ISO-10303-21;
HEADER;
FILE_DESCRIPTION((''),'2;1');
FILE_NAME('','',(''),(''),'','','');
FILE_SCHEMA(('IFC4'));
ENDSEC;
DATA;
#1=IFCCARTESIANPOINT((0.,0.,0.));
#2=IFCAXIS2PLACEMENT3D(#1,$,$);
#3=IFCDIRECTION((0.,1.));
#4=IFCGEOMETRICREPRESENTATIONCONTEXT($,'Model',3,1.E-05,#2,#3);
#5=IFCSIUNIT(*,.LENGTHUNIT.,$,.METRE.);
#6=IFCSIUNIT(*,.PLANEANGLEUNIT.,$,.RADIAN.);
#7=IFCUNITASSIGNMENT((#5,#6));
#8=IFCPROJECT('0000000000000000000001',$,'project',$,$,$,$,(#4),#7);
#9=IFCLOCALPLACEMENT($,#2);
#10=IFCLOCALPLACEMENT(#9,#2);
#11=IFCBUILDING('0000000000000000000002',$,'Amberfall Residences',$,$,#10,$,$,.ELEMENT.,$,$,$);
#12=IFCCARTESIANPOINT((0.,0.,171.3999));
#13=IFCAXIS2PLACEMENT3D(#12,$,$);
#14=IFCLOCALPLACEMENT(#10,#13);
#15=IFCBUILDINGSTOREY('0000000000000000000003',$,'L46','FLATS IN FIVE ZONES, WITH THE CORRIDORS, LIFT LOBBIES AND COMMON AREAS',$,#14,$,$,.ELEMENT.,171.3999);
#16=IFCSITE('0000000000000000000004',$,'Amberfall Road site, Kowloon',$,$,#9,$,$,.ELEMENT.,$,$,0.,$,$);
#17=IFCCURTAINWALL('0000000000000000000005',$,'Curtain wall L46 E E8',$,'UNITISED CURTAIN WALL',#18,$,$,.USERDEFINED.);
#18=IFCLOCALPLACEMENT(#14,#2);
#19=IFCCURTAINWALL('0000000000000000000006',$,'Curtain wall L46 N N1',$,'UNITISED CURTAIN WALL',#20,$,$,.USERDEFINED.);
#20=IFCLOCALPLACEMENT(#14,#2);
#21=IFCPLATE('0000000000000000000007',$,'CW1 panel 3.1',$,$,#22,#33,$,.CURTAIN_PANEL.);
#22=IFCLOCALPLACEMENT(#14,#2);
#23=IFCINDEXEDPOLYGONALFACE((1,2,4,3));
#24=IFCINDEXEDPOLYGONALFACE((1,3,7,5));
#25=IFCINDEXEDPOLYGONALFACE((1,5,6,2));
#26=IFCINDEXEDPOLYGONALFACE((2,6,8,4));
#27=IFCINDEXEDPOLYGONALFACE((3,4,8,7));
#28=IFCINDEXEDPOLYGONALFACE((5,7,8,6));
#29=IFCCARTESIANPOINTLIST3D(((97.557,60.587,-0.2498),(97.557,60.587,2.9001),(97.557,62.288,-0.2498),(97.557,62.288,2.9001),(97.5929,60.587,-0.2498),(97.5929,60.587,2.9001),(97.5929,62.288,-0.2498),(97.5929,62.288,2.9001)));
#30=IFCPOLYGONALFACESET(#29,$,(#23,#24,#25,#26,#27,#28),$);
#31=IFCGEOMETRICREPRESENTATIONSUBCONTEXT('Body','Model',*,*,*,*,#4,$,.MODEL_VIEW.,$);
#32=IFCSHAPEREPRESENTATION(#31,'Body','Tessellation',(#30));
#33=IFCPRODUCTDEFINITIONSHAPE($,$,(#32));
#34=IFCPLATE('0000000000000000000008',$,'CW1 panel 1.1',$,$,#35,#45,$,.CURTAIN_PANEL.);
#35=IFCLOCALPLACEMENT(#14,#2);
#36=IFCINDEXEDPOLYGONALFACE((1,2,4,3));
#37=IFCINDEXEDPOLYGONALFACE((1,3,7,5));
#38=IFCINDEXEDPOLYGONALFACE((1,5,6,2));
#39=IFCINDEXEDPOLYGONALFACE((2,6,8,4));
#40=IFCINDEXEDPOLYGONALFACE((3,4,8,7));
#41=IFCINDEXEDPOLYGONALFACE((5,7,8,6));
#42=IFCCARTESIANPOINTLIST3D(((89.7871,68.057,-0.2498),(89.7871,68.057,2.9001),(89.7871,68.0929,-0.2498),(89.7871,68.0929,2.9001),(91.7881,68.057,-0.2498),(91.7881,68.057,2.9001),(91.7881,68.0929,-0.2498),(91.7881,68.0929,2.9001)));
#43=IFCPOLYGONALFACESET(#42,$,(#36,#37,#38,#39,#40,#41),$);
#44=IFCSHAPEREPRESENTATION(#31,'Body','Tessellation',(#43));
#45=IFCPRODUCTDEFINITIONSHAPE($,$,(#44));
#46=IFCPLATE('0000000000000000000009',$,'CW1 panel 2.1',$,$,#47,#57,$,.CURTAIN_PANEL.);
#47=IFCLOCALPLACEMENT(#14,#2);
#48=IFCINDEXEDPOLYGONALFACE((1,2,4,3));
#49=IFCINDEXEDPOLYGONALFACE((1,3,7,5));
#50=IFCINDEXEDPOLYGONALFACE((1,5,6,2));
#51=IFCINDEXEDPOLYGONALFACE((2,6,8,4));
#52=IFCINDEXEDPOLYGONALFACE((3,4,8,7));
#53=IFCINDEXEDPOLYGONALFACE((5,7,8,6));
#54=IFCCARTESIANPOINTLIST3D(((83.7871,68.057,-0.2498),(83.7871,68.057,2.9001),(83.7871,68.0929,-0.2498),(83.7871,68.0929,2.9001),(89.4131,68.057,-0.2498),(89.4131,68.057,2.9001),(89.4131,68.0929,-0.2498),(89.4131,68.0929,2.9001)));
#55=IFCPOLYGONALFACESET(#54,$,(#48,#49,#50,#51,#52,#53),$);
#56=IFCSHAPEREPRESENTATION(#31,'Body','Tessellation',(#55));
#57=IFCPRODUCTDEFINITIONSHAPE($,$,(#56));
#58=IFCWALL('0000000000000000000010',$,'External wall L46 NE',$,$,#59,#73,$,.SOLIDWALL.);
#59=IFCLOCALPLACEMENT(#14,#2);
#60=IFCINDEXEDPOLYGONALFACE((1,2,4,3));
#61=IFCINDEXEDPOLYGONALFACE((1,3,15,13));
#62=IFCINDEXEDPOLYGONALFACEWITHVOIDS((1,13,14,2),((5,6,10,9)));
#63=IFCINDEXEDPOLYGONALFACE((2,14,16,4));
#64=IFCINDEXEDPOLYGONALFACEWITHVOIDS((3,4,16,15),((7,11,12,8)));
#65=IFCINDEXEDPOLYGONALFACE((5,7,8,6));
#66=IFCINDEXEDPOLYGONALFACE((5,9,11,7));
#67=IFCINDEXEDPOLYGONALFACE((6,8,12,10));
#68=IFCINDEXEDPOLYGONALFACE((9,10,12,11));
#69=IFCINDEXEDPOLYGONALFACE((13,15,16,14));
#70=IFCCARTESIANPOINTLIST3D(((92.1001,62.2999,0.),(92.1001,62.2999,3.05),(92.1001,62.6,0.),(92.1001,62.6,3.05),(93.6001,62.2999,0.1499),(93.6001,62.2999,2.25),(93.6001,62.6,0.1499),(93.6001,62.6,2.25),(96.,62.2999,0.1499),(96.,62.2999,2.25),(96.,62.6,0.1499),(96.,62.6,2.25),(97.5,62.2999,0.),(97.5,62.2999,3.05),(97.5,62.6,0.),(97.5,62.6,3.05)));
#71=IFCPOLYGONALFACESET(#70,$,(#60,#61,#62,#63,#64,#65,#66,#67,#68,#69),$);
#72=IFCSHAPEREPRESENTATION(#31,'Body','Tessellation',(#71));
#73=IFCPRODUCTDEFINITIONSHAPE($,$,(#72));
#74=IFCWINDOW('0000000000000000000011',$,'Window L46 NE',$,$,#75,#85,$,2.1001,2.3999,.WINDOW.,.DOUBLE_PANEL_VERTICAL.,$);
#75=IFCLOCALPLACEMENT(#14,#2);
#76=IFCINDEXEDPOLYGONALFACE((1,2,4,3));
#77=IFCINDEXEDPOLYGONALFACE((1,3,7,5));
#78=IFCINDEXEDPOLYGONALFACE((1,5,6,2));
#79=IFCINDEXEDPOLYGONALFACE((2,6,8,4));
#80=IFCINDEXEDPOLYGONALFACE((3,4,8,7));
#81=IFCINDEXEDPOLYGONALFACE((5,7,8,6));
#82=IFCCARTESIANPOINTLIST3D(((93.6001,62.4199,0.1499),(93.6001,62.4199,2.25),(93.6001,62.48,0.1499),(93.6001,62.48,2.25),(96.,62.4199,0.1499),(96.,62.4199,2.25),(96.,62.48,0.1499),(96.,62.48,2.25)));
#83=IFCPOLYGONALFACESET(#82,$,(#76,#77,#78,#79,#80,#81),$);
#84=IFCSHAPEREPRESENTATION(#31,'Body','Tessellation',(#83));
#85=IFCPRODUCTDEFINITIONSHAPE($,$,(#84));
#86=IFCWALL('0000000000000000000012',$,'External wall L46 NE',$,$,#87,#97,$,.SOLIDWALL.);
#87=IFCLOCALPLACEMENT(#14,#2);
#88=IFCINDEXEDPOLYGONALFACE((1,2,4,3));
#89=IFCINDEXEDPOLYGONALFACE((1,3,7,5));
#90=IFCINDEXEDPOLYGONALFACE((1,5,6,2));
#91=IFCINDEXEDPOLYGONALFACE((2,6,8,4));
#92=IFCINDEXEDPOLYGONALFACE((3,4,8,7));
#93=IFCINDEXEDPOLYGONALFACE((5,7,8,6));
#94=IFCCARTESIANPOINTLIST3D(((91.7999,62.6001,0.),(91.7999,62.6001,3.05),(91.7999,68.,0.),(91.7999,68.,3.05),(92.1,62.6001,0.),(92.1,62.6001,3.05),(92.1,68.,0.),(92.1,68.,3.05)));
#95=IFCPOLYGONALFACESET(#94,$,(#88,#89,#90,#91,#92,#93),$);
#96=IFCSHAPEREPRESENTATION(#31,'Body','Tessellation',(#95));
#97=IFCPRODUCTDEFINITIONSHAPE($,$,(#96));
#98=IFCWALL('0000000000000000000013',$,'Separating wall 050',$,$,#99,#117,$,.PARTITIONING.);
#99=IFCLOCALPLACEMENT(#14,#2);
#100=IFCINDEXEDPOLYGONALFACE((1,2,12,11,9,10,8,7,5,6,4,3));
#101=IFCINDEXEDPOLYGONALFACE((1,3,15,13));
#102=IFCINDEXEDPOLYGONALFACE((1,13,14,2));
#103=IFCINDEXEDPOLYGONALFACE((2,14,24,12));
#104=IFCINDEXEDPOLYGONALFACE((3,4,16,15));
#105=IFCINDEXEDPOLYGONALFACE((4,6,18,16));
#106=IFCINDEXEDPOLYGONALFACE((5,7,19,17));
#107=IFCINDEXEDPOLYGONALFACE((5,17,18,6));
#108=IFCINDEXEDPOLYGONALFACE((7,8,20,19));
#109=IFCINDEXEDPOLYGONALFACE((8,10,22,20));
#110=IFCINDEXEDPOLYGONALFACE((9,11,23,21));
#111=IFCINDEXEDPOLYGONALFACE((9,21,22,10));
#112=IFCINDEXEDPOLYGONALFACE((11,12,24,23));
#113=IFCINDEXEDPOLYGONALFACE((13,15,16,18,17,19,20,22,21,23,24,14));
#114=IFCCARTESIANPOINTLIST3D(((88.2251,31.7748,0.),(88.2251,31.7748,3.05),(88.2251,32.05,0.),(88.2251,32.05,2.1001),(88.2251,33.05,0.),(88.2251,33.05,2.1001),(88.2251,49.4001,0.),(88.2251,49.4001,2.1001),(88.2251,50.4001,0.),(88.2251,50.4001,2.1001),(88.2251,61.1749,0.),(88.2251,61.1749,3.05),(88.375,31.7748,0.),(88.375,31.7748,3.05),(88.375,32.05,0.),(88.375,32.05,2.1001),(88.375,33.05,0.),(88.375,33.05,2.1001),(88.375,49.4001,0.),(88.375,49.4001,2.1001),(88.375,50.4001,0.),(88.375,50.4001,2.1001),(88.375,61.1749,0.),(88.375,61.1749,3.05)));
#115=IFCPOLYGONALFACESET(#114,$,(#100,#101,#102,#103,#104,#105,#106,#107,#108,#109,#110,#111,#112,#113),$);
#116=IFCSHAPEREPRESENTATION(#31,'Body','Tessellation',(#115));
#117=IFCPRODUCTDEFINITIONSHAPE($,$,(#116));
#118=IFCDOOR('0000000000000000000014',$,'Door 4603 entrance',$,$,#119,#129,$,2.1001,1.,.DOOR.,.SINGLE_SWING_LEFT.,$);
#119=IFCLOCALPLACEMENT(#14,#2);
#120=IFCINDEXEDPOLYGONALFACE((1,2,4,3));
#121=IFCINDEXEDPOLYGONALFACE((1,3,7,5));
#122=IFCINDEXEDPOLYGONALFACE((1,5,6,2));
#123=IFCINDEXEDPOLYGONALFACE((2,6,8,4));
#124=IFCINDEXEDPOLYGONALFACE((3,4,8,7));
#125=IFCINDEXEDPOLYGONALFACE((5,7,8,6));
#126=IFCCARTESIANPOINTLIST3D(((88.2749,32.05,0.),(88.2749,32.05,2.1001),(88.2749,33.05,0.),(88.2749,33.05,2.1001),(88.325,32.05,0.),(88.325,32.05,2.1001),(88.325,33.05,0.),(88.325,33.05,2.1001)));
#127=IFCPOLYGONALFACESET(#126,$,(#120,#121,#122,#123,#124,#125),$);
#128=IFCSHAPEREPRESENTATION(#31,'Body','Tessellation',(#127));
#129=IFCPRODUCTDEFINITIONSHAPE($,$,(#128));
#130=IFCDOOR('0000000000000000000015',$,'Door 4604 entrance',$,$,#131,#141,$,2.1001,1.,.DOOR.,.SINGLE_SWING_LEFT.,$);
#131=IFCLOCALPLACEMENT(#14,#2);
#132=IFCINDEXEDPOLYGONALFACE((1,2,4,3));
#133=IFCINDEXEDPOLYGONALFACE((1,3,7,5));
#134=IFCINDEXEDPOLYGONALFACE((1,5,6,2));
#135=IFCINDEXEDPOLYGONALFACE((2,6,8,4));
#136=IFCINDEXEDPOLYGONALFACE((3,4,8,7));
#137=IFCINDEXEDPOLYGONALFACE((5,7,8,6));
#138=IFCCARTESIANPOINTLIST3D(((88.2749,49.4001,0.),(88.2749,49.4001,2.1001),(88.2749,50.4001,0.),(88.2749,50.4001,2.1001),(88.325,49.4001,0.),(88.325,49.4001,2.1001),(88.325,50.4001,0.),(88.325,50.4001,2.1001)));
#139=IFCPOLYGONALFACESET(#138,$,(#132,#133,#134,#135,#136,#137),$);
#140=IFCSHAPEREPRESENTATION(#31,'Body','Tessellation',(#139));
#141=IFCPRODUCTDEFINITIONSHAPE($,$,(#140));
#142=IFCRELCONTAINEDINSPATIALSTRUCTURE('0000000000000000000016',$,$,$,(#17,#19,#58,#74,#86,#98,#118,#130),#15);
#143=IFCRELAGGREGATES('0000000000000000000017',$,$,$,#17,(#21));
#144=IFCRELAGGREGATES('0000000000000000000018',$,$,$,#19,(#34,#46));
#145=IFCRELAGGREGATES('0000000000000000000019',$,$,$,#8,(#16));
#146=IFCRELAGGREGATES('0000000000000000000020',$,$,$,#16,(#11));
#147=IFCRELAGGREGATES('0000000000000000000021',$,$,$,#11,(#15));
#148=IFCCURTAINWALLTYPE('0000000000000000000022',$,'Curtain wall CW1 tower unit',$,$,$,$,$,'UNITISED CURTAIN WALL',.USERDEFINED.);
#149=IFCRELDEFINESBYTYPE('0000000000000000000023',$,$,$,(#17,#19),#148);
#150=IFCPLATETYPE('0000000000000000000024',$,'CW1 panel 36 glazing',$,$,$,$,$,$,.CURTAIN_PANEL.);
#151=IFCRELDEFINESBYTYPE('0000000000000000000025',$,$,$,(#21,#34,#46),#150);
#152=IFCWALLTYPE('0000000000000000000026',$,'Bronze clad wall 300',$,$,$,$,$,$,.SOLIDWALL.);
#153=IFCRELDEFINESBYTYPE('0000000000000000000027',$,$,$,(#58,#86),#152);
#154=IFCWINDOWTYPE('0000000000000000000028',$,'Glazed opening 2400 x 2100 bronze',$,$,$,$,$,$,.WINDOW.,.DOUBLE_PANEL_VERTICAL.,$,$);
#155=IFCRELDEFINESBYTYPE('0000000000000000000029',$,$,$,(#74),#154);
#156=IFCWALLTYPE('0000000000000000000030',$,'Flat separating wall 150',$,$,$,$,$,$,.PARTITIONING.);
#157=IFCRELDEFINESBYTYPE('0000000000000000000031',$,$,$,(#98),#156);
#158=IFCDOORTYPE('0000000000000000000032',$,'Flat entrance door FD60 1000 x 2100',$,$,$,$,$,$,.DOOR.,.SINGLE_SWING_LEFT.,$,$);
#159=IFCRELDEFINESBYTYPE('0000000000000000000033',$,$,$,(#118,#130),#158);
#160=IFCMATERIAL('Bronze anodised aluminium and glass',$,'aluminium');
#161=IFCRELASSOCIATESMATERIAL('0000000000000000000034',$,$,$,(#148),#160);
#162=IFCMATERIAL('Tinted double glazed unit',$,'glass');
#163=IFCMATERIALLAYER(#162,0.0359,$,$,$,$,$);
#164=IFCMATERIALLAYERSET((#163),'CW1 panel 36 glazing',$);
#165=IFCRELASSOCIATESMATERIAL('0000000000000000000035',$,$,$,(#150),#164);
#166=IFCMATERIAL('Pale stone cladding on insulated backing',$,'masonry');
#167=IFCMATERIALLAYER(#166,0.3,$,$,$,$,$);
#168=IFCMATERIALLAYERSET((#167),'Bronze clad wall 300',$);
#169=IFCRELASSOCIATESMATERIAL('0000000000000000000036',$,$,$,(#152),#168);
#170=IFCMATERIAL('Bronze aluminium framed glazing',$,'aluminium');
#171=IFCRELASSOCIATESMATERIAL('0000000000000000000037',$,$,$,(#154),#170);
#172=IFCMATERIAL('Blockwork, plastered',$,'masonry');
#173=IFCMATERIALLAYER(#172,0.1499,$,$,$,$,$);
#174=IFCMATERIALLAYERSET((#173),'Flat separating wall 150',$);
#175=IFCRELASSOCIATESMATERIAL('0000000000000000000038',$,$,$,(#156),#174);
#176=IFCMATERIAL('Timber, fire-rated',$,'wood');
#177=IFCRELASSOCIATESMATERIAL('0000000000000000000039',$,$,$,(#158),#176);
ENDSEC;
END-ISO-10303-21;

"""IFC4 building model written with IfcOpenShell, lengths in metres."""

from ifc_helpers import new_model, si_unit, direction, frame, frame_2d, origin, origin_2d, place, context, subcontext, project, spatial, rectangle, extrude, material, layer, layer_set, type_object, element, fill, aggregate, save


model = new_model("IFC4")

# Units and contexts
model_context = context("Model", 3, precision=1e-05, world=origin(), true_north=direction((0.0, 1.0)))
body_context = subcontext(model_context, "Body", "Model", "MODEL_VIEW")
ifc_project = project(units=[si_unit("LENGTHUNIT", "METRE"), si_unit("PLANEANGLEUNIT", "RADIAN")], contexts=[model_context])

# Site, building, storey
site_placement = place(None, origin())
site = spatial("IfcSite", under=ifc_project, at=site_placement, Name="Amberfall Road site, Kowloon", CompositionType="ELEMENT", RefElevation=0.0)
building_placement = place(site_placement, origin())
building = spatial("IfcBuilding", under=site, at=building_placement, Name="Amberfall Residences", CompositionType="ELEMENT")
storey_placement = place(building_placement, frame((0.0, 0.0, 171.3999)))
storey = spatial("IfcBuildingStorey", under=building, at=storey_placement, Name="L46", Description="FLATS IN FIVE ZONES, WITH THE CORRIDORS, LIFT LOBBIES AND COMMON AREAS", CompositionType="ELEMENT", Elevation=171.3999)

# Curtain wall
ifc_material_1 = material(Name="Bronze anodised aluminium and glass", Category="aluminium")
curtain_wall_type = type_object("IfcCurtainWallType", Name="Curtain wall CW1 tower unit", ElementType="UNITISED CURTAIN WALL", PredefinedType="USERDEFINED", material=ifc_material_1)
curtain_wall_1_placement = place(storey_placement, origin())
curtain_wall_1 = element("IfcCurtainWall", 1, at=curtain_wall_1_placement, inside=storey, type_object=curtain_wall_type, Name="Curtain wall L46 E E8", ObjectType="UNITISED CURTAIN WALL", PredefinedType="USERDEFINED")

# Curtain wall
curtain_wall_2_placement = place(storey_placement, origin())
curtain_wall_2 = element("IfcCurtainWall", 2, at=curtain_wall_2_placement, inside=storey, type_object=curtain_wall_type, Name="Curtain wall L46 N N1", ObjectType="UNITISED CURTAIN WALL", PredefinedType="USERDEFINED")

# Plates
ifc_material_2 = material(Name="Tinted double glazed unit", Category="glass")
ifc_layer_1 = layer(ifc_material_2, 0.0359)
ifc_layer_set_1 = layer_set([ifc_layer_1], Name="CW1 panel 36 glazing")
plate_type = type_object("IfcPlateType", Name="CW1 panel 36 glazing", PredefinedType="CURTAIN_PANEL", material=ifc_layer_set_1)
plate_1_placement = place(storey_placement, frame((97.575, 61.4375, -0.2498), z_axis=(0.0, 0.0, 1.0), x_axis=(0.0, 1.0, 0.0)))
plate_1 = element("IfcPlate", 3, at=plate_1_placement, type_object=plate_type, Name="CW1 panel 3.1", PredefinedType="CURTAIN_PANEL", context=body_context, shape_type="SweptSolid", body=[
    extrude(rectangle(XDim=1.7009, YDim=0.0359, at=origin_2d()), origin(), (0.0, 0.0, 1.0), 3.1499),
])
aggregate(curtain_wall_1, [plate_1])
plate_2_placement = place(storey_placement, frame((90.7876, 68.075, -0.2498), z_axis=(0.0, 0.0, 1.0), x_axis=(-1.0, 0.0, 0.0)))
plate_2 = element("IfcPlate", 4, at=plate_2_placement, type_object=plate_type, Name="CW1 panel 1.1", PredefinedType="CURTAIN_PANEL", context=body_context, shape_type="SweptSolid", body=[
    extrude(rectangle(XDim=2.001, YDim=0.0359, at=origin_2d()), origin(), (0.0, 0.0, 1.0), 3.1499),
])
plate_3_placement = place(storey_placement, frame((86.6001, 68.075, -0.2498), z_axis=(0.0, 0.0, 1.0), x_axis=(-1.0, 0.0, 0.0)))
plate_3 = element("IfcPlate", 5, at=plate_3_placement, type_object=plate_type, Name="CW1 panel 2.1", PredefinedType="CURTAIN_PANEL", context=body_context, shape_type="SweptSolid", body=[
    extrude(rectangle(XDim=5.626, YDim=0.0359, at=origin_2d()), origin(), (0.0, 0.0, 1.0), 3.1499),
])
aggregate(curtain_wall_2, [plate_2, plate_3])

# Wall, opening, window
ifc_material_3 = material(Name="Pale stone cladding on insulated backing", Category="masonry")
ifc_layer_2 = layer(ifc_material_3, 0.3)
ifc_layer_set_2 = layer_set([ifc_layer_2], Name="Bronze clad wall 300")
wall_type_1 = type_object("IfcWallType", Name="Bronze clad wall 300", PredefinedType="SOLIDWALL", material=ifc_layer_set_2)
wall_1_placement = place(storey_placement, frame((97.5, 62.45, 0.0), z_axis=(0.0, 0.0, 1.0), x_axis=(-1.0, 0.0, 0.0)))
wall_1 = element("IfcWall", 6, at=wall_1_placement, inside=storey, type_object=wall_type_1, Name="External wall L46 NE", PredefinedType="SOLIDWALL", context=body_context, shape_type="SweptSolid", body=[
    extrude(rectangle(XDim=5.3999, YDim=0.3, at=frame_2d((2.7, 0.0))), origin(), (0.0, 0.0, 1.0), 3.05),
])
opening_1_placement = place(wall_1_placement, frame((1.5, 0.0, 0.1499)))
opening_1 = element("IfcOpeningElement", 7, at=opening_1_placement, cuts=wall_1, PredefinedType="OPENING", context=body_context, shape_type="SweptSolid", body=[
    extrude(rectangle(XDim=2.3999, YDim=2.1001, at=frame_2d((1.2, 1.05))), frame((0.0, 0.1599, 0.0), z_axis=(0.0, -1.0, 0.0), x_axis=(1.0, 0.0, 0.0)), (0.0, 0.0, 1.0), 0.3201),
])
ifc_material_4 = material(Name="Bronze aluminium framed glazing", Category="aluminium")
window_type = type_object("IfcWindowType", Name="Glazed opening 2400 x 2100 bronze", PartitioningType="DOUBLE_PANEL_VERTICAL", PredefinedType="WINDOW", material=ifc_material_4)
window_placement = place(opening_1_placement, origin())
window = element("IfcWindow", 8, at=window_placement, inside=storey, type_object=window_type, Name="Window L46 NE", OverallHeight=2.1001, OverallWidth=2.3999, PartitioningType="DOUBLE_PANEL_VERTICAL", PredefinedType="WINDOW", context=body_context, shape_type="SweptSolid", body=[
    extrude(rectangle(XDim=2.3999, YDim=2.1001, at=frame_2d((1.2, 1.05))), frame((0.0, 0.03, 0.0), z_axis=(0.0, -1.0, 0.0), x_axis=(1.0, 0.0, 0.0)), (0.0, 0.0, 1.0), 0.0601),
])
fill(opening_1, window)

# Wall
wall_2_placement = place(storey_placement, frame((91.95, 62.6001, 0.0), z_axis=(0.0, 0.0, 1.0), x_axis=(0.0, 1.0, 0.0)))
element("IfcWall", 9, at=wall_2_placement, inside=storey, type_object=wall_type_1, Name="External wall L46 NE", PredefinedType="SOLIDWALL", context=body_context, shape_type="SweptSolid", body=[
    extrude(rectangle(XDim=5.3999, YDim=0.3, at=frame_2d((2.7, 0.0))), origin(), (0.0, 0.0, 1.0), 3.05),
])

# Wall, openings, doors
ifc_material_5 = material(Name="Blockwork, plastered", Category="masonry")
ifc_layer_3 = layer(ifc_material_5, 0.1499)
ifc_layer_set_3 = layer_set([ifc_layer_3], Name="Flat separating wall 150")
wall_type_2 = type_object("IfcWallType", Name="Flat separating wall 150", PredefinedType="PARTITIONING", material=ifc_layer_set_3)
wall_3_placement = place(storey_placement, frame((88.3, 61.175, 0.0), z_axis=(0.0, 0.0, 1.0), x_axis=(0.0, -1.0, 0.0)))
wall_3 = element("IfcWall", 10, at=wall_3_placement, inside=storey, type_object=wall_type_2, Name="Separating wall 050", PredefinedType="PARTITIONING", context=body_context, shape_type="SweptSolid", body=[
    extrude(rectangle(XDim=29.4001, YDim=0.1499, at=frame_2d((14.7002, 0.0))), origin(), (0.0, 0.0, 1.0), 3.05),
])
opening_2_placement = place(wall_3_placement, frame((28.125, 0.0, 0.0)))
opening_2 = element("IfcOpeningElement", 11, at=opening_2_placement, cuts=wall_3, PredefinedType="OPENING", context=body_context, shape_type="SweptSolid", body=[
    extrude(rectangle(XDim=1.0, YDim=2.1001, at=frame_2d((0.5, 1.05))), frame((0.0, 0.085, 0.0), z_axis=(0.0, -1.0, 0.0), x_axis=(1.0, 0.0, 0.0)), (0.0, 0.0, 1.0), 0.1699),
])
opening_3_placement = place(wall_3_placement, frame((10.7749, 0.0, 0.0)))
opening_3 = element("IfcOpeningElement", 12, at=opening_3_placement, cuts=wall_3, PredefinedType="OPENING", context=body_context, shape_type="SweptSolid", body=[
    extrude(rectangle(XDim=1.0, YDim=2.1001, at=frame_2d((0.5, 1.05))), frame((0.0, 0.085, 0.0), z_axis=(0.0, -1.0, 0.0), x_axis=(1.0, 0.0, 0.0)), (0.0, 0.0, 1.0), 0.1699),
])
ifc_material_6 = material(Name="Timber, fire-rated", Category="wood")
door_type = type_object("IfcDoorType", Name="Flat entrance door FD60 1000 x 2100", OperationType="SINGLE_SWING_LEFT", PredefinedType="DOOR", material=ifc_material_6)
door_1_placement = place(opening_2_placement, origin())
door_1 = element("IfcDoor", 13, at=door_1_placement, inside=storey, type_object=door_type, Name="Door 4603 entrance", OperationType="SINGLE_SWING_LEFT", OverallHeight=2.1001, OverallWidth=1.0, PredefinedType="DOOR", context=body_context, shape_type="SweptSolid", body=[
    extrude(rectangle(XDim=1.0, YDim=2.1001, at=frame_2d((0.5, 1.05))), frame((0.0, 0.0249, 0.0), z_axis=(0.0, -1.0, 0.0), x_axis=(1.0, 0.0, 0.0)), (0.0, 0.0, 1.0), 0.05),
])
fill(opening_2, door_1)
door_2_placement = place(opening_3_placement, origin())
door_2 = element("IfcDoor", 14, at=door_2_placement, inside=storey, type_object=door_type, Name="Door 4604 entrance", OperationType="SINGLE_SWING_LEFT", OverallHeight=2.1001, OverallWidth=1.0, PredefinedType="DOOR", context=body_context, shape_type="SweptSolid", body=[
    extrude(rectangle(XDim=1.0, YDim=2.1001, at=frame_2d((0.5, 1.05))), frame((0.0, 0.0249, 0.0), z_axis=(0.0, -1.0, 0.0), x_axis=(1.0, 0.0, 0.0)), (0.0, 0.0, 1.0), 0.05),
])
fill(opening_3, door_2)

save(model, "model.ifc")
